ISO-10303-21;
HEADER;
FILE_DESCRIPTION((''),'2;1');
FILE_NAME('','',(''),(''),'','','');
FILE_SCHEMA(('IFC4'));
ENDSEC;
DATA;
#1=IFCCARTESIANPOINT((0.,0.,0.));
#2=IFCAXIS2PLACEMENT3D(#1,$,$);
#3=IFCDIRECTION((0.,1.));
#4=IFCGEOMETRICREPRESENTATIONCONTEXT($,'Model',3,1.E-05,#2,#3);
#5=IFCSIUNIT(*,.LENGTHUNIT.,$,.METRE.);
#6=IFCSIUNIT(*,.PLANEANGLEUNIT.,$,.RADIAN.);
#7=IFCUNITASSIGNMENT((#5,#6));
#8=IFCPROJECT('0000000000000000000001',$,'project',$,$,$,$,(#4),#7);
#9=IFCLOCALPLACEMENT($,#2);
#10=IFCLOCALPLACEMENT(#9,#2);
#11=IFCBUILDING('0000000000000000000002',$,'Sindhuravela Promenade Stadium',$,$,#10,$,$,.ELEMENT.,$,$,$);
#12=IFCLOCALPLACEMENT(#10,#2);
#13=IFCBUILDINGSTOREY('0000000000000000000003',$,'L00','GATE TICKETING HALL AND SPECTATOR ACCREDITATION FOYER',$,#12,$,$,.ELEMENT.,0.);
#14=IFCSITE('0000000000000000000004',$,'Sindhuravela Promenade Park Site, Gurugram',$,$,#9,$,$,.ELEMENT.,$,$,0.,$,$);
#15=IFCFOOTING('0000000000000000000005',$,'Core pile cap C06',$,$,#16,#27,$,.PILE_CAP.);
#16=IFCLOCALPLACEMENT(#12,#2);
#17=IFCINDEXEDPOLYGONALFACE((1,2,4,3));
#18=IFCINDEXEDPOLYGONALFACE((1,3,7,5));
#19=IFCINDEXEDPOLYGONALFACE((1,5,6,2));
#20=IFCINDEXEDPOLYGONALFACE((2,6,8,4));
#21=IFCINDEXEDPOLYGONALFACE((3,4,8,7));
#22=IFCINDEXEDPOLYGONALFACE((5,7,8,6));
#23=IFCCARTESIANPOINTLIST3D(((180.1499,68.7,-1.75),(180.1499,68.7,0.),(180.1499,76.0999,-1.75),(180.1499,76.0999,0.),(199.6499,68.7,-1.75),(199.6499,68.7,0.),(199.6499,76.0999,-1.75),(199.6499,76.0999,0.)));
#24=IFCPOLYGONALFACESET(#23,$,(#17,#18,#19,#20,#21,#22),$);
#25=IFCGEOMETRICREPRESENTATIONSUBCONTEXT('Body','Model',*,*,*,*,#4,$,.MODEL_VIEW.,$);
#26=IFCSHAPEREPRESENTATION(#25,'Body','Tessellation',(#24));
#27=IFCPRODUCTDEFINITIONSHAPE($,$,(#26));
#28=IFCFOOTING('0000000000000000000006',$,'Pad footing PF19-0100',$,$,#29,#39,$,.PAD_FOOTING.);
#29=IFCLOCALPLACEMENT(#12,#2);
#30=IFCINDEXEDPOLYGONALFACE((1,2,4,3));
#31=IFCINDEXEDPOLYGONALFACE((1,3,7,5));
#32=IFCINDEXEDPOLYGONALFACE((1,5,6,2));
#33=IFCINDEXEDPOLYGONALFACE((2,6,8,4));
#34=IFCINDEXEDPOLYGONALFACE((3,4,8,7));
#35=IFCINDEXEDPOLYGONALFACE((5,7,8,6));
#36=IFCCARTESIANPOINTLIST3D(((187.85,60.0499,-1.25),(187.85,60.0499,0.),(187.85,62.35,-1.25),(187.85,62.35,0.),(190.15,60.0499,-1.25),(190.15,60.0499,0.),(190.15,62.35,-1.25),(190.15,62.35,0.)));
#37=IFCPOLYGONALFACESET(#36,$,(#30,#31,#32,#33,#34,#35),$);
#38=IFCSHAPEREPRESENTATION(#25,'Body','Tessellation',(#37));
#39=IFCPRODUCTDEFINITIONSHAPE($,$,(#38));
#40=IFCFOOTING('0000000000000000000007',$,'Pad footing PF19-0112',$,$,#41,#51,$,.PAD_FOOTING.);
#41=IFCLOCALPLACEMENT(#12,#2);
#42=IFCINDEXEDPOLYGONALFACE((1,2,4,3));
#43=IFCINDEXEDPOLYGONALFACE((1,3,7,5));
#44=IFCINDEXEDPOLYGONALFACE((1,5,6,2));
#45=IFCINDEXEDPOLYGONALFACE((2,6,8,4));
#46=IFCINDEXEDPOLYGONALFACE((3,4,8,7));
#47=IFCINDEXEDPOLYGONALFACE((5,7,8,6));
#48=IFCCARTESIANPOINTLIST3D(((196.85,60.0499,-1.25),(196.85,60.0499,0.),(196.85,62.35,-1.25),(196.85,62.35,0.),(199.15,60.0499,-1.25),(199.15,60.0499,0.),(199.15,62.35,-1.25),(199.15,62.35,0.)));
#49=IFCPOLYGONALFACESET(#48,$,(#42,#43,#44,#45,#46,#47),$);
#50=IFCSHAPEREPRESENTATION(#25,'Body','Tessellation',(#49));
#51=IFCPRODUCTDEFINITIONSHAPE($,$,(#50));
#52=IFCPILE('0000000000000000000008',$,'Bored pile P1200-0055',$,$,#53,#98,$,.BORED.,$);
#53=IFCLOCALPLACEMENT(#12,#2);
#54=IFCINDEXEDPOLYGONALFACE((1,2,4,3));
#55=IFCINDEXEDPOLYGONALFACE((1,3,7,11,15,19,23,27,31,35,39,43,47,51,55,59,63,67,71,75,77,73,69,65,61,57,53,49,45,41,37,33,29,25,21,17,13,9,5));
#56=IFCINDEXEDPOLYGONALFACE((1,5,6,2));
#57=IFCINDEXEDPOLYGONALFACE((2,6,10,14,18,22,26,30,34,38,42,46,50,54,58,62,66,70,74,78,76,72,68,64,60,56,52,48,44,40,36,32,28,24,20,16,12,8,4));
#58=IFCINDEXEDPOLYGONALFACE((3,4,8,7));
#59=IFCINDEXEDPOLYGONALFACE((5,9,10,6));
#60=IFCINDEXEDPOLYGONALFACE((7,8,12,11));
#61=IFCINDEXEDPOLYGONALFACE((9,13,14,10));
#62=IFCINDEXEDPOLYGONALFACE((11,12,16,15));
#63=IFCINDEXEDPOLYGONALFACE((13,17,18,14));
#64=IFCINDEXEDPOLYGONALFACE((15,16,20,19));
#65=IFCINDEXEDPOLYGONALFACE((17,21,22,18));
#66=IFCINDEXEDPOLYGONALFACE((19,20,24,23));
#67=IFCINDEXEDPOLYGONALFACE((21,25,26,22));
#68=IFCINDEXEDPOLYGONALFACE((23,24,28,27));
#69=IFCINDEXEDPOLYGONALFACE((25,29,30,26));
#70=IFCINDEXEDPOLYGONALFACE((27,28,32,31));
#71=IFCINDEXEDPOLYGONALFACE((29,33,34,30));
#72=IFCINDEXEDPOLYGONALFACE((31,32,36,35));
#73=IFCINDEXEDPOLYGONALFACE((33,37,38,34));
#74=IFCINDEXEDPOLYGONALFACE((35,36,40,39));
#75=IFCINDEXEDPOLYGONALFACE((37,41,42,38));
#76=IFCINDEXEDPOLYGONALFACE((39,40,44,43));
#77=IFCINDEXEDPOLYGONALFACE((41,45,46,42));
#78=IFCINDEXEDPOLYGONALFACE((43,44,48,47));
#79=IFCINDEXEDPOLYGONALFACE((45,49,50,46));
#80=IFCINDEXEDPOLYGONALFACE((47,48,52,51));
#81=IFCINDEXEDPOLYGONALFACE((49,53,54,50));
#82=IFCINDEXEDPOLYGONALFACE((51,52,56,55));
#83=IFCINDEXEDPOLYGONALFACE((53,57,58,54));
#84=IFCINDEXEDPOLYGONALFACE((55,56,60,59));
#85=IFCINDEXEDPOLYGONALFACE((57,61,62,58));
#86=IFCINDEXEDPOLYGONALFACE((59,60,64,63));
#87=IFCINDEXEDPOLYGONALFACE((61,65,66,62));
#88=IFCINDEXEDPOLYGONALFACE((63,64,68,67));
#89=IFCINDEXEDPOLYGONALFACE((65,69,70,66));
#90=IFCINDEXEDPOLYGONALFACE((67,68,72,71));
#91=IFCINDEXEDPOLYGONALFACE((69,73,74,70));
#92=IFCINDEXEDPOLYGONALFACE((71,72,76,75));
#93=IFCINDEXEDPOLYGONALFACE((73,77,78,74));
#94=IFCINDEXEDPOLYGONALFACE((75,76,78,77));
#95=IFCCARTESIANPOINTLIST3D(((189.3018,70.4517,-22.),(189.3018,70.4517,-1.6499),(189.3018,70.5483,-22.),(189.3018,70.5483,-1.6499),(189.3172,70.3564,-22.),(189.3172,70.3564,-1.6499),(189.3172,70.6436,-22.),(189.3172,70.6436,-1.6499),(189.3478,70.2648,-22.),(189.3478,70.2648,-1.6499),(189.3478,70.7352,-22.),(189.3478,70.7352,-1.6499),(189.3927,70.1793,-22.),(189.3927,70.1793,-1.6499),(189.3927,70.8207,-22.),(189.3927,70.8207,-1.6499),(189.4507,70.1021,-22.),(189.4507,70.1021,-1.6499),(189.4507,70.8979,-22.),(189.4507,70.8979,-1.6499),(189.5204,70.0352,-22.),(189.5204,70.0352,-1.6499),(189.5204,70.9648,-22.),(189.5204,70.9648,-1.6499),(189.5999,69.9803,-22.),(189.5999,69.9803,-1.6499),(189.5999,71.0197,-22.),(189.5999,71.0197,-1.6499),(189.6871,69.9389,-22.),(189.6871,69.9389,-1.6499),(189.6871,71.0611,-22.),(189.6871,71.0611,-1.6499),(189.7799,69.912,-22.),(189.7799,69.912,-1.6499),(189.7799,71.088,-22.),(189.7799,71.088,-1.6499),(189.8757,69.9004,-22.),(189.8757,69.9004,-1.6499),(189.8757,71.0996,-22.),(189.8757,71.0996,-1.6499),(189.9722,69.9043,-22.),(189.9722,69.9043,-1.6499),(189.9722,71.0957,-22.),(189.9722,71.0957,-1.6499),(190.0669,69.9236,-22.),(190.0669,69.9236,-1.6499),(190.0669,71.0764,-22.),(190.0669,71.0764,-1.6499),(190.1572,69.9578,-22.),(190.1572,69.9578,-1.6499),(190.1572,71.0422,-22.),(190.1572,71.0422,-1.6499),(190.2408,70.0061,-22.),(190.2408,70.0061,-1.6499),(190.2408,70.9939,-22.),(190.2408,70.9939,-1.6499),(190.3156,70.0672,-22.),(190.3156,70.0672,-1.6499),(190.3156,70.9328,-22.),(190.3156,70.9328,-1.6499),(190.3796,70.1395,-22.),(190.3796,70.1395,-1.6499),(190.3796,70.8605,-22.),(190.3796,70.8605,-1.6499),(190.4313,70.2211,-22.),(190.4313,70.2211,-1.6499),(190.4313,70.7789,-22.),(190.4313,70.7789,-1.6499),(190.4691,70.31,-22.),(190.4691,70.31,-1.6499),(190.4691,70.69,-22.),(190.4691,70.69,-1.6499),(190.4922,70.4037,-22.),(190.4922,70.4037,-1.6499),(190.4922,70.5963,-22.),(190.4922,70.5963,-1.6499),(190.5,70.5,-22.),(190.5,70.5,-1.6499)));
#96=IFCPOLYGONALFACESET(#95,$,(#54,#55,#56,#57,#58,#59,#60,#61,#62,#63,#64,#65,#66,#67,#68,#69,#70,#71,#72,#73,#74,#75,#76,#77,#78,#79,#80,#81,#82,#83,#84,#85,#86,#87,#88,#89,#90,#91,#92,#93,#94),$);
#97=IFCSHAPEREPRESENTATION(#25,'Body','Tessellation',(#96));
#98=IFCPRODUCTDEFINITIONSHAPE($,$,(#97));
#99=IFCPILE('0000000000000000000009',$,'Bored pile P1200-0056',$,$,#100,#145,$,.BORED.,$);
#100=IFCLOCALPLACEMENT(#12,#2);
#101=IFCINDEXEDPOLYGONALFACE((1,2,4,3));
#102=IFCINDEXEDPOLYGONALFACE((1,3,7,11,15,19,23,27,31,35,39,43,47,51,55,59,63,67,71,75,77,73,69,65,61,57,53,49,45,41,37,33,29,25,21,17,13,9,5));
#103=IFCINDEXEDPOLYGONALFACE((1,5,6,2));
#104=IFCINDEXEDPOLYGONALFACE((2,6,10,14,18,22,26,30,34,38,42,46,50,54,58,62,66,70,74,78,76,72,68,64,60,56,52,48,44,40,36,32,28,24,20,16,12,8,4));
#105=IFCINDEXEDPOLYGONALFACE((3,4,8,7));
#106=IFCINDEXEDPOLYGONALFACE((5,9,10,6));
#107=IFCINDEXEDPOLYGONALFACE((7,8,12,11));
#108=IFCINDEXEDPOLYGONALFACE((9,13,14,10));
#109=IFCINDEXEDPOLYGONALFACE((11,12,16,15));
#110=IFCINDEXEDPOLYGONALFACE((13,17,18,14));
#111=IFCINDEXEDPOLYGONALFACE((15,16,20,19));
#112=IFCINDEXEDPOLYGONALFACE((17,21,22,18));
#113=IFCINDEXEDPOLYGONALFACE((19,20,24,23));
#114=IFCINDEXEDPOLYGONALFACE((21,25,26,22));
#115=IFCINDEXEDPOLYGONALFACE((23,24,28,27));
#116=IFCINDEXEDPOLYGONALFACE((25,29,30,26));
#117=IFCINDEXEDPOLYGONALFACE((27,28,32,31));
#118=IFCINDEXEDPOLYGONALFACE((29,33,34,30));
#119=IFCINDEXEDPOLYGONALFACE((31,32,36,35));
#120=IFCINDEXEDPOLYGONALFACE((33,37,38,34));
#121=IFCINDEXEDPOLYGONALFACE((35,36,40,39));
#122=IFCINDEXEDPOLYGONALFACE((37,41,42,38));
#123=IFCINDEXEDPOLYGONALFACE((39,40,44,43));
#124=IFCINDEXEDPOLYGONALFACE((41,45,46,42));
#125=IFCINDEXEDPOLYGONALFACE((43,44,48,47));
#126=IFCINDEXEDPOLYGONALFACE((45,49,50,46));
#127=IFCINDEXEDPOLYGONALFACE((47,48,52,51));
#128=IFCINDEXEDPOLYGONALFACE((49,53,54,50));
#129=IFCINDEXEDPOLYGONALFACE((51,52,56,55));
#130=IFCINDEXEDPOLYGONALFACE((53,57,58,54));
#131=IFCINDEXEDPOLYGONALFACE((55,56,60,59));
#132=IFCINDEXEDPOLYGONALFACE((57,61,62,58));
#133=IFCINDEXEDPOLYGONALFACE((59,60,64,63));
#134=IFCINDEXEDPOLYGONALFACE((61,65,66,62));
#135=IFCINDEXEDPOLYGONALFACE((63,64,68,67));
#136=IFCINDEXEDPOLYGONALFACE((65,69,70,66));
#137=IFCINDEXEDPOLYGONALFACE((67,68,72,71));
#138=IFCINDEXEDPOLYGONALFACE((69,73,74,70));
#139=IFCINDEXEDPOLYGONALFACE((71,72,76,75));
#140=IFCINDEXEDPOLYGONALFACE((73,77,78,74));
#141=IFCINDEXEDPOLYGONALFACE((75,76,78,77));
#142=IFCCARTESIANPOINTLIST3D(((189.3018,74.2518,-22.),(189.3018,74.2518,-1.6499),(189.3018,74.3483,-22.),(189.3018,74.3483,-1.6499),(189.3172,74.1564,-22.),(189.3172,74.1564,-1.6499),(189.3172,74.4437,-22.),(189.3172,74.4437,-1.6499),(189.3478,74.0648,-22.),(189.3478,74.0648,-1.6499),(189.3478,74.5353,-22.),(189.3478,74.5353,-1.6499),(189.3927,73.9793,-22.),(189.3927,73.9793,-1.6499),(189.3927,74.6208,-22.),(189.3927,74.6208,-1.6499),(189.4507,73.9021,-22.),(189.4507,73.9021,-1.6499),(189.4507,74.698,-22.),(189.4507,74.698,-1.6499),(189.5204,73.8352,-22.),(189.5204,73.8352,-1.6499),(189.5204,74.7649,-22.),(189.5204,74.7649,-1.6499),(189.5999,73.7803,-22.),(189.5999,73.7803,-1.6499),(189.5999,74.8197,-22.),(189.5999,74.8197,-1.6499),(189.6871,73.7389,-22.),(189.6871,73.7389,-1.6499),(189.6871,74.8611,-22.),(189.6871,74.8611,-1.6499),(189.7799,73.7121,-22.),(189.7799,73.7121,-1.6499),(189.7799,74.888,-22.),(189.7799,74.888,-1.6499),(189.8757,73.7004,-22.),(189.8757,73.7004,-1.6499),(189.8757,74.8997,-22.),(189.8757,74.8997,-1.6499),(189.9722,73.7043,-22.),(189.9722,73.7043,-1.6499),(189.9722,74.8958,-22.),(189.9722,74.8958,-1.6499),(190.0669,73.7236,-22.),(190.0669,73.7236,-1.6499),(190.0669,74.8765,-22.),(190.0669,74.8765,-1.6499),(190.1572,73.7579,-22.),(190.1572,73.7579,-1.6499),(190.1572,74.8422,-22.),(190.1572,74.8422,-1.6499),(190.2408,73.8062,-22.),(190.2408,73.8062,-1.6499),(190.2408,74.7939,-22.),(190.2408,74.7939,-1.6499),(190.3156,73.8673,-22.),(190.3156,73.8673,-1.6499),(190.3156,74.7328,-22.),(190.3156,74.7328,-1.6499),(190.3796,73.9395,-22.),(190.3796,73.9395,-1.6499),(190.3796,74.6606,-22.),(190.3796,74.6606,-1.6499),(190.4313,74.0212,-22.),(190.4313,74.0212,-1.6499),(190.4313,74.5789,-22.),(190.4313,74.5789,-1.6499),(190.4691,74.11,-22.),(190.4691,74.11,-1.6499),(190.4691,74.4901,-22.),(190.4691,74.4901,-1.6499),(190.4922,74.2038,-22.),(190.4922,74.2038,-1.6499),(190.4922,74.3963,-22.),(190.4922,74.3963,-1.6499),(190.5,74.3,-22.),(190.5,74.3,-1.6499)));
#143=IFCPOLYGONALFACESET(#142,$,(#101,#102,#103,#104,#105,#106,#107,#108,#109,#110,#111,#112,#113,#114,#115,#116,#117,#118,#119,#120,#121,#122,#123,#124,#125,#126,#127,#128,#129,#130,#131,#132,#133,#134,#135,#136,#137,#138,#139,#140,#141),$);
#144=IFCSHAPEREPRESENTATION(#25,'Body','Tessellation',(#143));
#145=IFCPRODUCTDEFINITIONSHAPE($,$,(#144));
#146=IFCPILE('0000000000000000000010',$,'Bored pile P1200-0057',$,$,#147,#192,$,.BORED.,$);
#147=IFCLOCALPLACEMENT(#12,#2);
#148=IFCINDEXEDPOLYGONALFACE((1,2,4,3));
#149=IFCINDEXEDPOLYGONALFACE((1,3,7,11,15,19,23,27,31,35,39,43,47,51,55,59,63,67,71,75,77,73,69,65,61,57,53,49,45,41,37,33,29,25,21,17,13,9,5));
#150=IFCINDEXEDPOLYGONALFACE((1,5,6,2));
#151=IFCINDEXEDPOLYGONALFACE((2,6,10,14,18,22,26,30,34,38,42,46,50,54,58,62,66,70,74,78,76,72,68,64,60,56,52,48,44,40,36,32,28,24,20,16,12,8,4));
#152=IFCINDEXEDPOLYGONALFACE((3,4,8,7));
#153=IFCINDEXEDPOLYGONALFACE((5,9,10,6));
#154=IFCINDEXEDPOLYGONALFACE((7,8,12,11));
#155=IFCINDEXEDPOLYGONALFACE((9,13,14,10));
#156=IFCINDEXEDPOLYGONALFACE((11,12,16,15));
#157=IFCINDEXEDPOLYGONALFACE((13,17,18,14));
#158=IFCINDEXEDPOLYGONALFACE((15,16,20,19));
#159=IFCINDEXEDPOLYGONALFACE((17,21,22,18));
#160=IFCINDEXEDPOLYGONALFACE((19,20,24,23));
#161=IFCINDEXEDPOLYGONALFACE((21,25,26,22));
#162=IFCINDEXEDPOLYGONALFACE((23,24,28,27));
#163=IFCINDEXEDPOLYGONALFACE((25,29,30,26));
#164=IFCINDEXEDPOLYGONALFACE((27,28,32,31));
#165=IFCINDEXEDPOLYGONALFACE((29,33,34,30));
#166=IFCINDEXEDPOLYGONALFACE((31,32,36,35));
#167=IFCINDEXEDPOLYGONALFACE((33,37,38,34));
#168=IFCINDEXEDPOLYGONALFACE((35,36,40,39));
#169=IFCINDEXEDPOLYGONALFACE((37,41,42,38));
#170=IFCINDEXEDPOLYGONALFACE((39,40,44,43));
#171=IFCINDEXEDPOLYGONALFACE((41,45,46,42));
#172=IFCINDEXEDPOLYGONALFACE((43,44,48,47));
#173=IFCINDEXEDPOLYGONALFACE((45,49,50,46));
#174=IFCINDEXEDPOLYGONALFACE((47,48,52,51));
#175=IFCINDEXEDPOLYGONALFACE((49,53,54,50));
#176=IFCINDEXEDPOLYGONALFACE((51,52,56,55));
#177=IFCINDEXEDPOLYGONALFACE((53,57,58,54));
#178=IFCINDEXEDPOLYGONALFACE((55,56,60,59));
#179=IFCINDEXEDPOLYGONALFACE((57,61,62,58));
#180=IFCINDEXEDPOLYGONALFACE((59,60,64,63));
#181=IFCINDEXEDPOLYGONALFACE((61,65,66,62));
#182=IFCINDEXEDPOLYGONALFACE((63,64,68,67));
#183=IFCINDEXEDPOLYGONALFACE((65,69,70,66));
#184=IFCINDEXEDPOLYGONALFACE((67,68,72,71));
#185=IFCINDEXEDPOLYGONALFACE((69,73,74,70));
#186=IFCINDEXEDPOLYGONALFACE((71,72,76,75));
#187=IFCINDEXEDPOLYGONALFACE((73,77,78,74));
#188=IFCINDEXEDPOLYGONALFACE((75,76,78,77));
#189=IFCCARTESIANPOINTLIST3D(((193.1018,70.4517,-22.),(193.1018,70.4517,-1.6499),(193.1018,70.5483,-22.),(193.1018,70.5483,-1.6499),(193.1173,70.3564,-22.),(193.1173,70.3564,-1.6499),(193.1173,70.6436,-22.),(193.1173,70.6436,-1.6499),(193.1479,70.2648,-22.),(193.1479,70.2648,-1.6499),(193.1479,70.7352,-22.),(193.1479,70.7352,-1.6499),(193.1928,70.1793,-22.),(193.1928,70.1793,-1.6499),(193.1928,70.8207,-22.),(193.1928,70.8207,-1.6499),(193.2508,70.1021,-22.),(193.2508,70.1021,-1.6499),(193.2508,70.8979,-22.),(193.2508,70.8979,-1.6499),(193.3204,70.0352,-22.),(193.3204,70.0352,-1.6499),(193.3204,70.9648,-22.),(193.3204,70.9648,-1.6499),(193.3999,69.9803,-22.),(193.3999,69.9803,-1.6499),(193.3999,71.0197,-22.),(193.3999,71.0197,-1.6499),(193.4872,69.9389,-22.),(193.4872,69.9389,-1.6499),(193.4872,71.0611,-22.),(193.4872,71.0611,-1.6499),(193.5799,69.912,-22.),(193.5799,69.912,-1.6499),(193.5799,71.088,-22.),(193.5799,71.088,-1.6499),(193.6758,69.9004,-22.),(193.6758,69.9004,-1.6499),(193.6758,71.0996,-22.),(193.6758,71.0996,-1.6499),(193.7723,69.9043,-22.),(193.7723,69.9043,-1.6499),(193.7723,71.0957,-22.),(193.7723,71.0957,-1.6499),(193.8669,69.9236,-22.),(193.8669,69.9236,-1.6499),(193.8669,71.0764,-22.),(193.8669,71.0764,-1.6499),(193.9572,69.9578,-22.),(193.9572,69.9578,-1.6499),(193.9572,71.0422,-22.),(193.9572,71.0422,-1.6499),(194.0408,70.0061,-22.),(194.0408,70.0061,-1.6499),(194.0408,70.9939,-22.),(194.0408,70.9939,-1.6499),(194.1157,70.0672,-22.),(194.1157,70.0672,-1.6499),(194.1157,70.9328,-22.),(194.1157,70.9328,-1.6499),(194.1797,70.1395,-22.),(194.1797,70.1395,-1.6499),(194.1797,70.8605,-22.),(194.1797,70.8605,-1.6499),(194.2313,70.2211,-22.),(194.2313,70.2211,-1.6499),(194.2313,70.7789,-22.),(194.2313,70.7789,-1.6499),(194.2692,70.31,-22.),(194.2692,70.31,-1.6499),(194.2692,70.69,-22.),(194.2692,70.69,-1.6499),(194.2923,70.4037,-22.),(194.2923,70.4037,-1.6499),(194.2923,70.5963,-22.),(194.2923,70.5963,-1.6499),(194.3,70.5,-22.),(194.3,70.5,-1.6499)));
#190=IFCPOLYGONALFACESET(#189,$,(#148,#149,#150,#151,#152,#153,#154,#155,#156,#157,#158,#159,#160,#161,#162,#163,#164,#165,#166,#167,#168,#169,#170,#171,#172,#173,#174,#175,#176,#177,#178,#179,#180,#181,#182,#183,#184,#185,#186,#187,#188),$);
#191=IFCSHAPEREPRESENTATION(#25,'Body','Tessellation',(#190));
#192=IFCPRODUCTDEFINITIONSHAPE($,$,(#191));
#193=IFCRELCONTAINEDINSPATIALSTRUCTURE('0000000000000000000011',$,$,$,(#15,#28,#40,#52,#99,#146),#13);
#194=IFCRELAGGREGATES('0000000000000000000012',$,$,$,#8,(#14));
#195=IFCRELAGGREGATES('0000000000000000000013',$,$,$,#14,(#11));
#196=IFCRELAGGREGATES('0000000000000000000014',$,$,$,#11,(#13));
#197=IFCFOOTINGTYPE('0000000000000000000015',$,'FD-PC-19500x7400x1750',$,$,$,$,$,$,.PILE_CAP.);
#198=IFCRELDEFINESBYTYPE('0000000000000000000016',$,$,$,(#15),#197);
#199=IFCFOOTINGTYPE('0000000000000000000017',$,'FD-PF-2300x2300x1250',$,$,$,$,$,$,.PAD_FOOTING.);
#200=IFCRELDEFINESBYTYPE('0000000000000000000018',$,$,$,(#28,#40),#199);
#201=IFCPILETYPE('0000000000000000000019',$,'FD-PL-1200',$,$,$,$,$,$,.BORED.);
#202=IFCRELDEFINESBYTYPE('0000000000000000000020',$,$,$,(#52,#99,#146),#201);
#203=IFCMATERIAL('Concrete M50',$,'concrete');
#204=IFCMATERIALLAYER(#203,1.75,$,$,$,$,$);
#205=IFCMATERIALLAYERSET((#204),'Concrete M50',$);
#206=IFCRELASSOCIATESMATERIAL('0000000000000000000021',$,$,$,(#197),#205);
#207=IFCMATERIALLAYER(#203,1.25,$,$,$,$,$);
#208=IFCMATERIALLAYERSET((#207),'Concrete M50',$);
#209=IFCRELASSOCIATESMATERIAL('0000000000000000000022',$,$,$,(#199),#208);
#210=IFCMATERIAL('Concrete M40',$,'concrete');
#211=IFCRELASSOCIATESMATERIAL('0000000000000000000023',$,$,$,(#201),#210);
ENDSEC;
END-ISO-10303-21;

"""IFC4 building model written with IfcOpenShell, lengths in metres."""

from ifc_helpers import new_model, si_unit, direction, frame, origin, origin_2d, place, context, subcontext, project, spatial, rectangle, circle, extrude, material, layer, layer_set, material_profile, profile_set, type_object, element, save


model = new_model("IFC4")

# Units and contexts
model_context = context("Model", 3, precision=1e-05, world=origin(), true_north=direction((0.0, 1.0)))
body_context = subcontext(model_context, "Body", "Model", "MODEL_VIEW")
ifc_project = project(units=[si_unit("LENGTHUNIT", "METRE"), si_unit("PLANEANGLEUNIT", "RADIAN")], contexts=[model_context])

# Site, building, storey
site_placement = place(None, origin())
site = spatial("IfcSite", under=ifc_project, at=site_placement, Name="Sindhuravela Promenade Park Site, Gurugram", CompositionType="ELEMENT", RefElevation=0.0)
building_placement = place(site_placement, origin())
building = spatial("IfcBuilding", under=site, at=building_placement, Name="Sindhuravela Promenade Stadium", CompositionType="ELEMENT")
storey_placement = place(building_placement, origin())
storey = spatial("IfcBuildingStorey", under=building, at=storey_placement, Name="L00", Description="GATE TICKETING HALL AND SPECTATOR ACCREDITATION FOYER", CompositionType="ELEMENT", Elevation=0.0)

# Footings
ifc_material_1 = material(Name="Concrete M50", Category="concrete")
ifc_layer_1 = layer(ifc_material_1, 1.75)
ifc_layer_set_1 = layer_set([ifc_layer_1], Name="Concrete M50")
footing_type_1 = type_object("IfcFootingType", Name="FD-PC-19500x7400x1750", PredefinedType="PILE_CAP", material=ifc_layer_set_1)
footing_placement = place(storey_placement, frame((189.8999, 72.3999, -1.75), z_axis=(0.0, 0.0, 1.0), x_axis=(1.0, 0.0, 0.0)))
element("IfcFooting", 1, at=footing_placement, inside=storey, type_object=footing_type_1, Name="Core pile cap C06", PredefinedType="PILE_CAP", context=body_context, shape_type="SweptSolid", body=[
    extrude(rectangle(XDim=19.5, YDim=7.3999, at=origin_2d()), origin(), (0.0, 0.0, 1.0), 1.75),
])
ifc_layer_2 = layer(ifc_material_1, 1.25)
ifc_layer_set_2 = layer_set([ifc_layer_2], Name="Concrete M50")
footing_type_2 = type_object("IfcFootingType", Name="FD-PF-2300x2300x1250", PredefinedType="PAD_FOOTING", material=ifc_layer_set_2)
for number, where, z_axis, x_axis, name in (
    (2, (189.0, 61.2, -1.25), (0.0, 0.0, 1.0), (1.0, 0.0, 0.0), "Pad footing PF19-0100"),
    (3, (198.0, 61.2, -1.25), (0.0, 0.0, 1.0), (1.0, 0.0, 0.0), "Pad footing PF19-0112"),
):
    element("IfcFooting", number, at=place(storey_placement, frame(where, z_axis=z_axis, x_axis=x_axis)), inside=storey, type_object=footing_type_2, Name=name, PredefinedType="PAD_FOOTING", context=body_context, shape_type="SweptSolid", body=[
        extrude(rectangle(XDim=2.3, YDim=2.3, at=origin_2d()), origin(), (0.0, 0.0, 1.0), 1.25),
    ])

# Piles
ifc_material_2 = material(Name="Concrete M40", Category="concrete")
ifc_material_profile_1 = material_profile(ifc_material_2, circle(Radius=0.6001, at=origin_2d()), Name="BORED PILE D1200")
ifc_profile_set_1 = profile_set([ifc_material_profile_1], Name="Concrete M40")
pile_type = type_object("IfcPileType", Name="FD-PL-1200", PredefinedType="BORED", material=ifc_profile_set_1)
for number, where, z_axis, x_axis, name in (
    (4, (189.8999, 70.5, -1.6499), (0.0, 0.0, -1.0), (1.0, 0.0, 0.0), "Bored pile P1200-0055"),
    (5, (189.8999, 74.3, -1.6499), (0.0, 0.0, -1.0), (1.0, 0.0, 0.0), "Bored pile P1200-0056"),
    (6, (193.7, 70.5, -1.6499), (0.0, 0.0, -1.0), (1.0, 0.0, 0.0), "Bored pile P1200-0057"),
):
    element("IfcPile", number, at=place(storey_placement, frame(where, z_axis=z_axis, x_axis=x_axis)), inside=storey, type_object=pile_type, Name=name, PredefinedType="BORED", context=body_context, shape_type="SweptSolid", body=[
        extrude(circle(Radius=0.6001, at=origin_2d()), origin(), (0.0, 0.0, 1.0), 20.3501),
    ])

save(model, "model.ifc")
